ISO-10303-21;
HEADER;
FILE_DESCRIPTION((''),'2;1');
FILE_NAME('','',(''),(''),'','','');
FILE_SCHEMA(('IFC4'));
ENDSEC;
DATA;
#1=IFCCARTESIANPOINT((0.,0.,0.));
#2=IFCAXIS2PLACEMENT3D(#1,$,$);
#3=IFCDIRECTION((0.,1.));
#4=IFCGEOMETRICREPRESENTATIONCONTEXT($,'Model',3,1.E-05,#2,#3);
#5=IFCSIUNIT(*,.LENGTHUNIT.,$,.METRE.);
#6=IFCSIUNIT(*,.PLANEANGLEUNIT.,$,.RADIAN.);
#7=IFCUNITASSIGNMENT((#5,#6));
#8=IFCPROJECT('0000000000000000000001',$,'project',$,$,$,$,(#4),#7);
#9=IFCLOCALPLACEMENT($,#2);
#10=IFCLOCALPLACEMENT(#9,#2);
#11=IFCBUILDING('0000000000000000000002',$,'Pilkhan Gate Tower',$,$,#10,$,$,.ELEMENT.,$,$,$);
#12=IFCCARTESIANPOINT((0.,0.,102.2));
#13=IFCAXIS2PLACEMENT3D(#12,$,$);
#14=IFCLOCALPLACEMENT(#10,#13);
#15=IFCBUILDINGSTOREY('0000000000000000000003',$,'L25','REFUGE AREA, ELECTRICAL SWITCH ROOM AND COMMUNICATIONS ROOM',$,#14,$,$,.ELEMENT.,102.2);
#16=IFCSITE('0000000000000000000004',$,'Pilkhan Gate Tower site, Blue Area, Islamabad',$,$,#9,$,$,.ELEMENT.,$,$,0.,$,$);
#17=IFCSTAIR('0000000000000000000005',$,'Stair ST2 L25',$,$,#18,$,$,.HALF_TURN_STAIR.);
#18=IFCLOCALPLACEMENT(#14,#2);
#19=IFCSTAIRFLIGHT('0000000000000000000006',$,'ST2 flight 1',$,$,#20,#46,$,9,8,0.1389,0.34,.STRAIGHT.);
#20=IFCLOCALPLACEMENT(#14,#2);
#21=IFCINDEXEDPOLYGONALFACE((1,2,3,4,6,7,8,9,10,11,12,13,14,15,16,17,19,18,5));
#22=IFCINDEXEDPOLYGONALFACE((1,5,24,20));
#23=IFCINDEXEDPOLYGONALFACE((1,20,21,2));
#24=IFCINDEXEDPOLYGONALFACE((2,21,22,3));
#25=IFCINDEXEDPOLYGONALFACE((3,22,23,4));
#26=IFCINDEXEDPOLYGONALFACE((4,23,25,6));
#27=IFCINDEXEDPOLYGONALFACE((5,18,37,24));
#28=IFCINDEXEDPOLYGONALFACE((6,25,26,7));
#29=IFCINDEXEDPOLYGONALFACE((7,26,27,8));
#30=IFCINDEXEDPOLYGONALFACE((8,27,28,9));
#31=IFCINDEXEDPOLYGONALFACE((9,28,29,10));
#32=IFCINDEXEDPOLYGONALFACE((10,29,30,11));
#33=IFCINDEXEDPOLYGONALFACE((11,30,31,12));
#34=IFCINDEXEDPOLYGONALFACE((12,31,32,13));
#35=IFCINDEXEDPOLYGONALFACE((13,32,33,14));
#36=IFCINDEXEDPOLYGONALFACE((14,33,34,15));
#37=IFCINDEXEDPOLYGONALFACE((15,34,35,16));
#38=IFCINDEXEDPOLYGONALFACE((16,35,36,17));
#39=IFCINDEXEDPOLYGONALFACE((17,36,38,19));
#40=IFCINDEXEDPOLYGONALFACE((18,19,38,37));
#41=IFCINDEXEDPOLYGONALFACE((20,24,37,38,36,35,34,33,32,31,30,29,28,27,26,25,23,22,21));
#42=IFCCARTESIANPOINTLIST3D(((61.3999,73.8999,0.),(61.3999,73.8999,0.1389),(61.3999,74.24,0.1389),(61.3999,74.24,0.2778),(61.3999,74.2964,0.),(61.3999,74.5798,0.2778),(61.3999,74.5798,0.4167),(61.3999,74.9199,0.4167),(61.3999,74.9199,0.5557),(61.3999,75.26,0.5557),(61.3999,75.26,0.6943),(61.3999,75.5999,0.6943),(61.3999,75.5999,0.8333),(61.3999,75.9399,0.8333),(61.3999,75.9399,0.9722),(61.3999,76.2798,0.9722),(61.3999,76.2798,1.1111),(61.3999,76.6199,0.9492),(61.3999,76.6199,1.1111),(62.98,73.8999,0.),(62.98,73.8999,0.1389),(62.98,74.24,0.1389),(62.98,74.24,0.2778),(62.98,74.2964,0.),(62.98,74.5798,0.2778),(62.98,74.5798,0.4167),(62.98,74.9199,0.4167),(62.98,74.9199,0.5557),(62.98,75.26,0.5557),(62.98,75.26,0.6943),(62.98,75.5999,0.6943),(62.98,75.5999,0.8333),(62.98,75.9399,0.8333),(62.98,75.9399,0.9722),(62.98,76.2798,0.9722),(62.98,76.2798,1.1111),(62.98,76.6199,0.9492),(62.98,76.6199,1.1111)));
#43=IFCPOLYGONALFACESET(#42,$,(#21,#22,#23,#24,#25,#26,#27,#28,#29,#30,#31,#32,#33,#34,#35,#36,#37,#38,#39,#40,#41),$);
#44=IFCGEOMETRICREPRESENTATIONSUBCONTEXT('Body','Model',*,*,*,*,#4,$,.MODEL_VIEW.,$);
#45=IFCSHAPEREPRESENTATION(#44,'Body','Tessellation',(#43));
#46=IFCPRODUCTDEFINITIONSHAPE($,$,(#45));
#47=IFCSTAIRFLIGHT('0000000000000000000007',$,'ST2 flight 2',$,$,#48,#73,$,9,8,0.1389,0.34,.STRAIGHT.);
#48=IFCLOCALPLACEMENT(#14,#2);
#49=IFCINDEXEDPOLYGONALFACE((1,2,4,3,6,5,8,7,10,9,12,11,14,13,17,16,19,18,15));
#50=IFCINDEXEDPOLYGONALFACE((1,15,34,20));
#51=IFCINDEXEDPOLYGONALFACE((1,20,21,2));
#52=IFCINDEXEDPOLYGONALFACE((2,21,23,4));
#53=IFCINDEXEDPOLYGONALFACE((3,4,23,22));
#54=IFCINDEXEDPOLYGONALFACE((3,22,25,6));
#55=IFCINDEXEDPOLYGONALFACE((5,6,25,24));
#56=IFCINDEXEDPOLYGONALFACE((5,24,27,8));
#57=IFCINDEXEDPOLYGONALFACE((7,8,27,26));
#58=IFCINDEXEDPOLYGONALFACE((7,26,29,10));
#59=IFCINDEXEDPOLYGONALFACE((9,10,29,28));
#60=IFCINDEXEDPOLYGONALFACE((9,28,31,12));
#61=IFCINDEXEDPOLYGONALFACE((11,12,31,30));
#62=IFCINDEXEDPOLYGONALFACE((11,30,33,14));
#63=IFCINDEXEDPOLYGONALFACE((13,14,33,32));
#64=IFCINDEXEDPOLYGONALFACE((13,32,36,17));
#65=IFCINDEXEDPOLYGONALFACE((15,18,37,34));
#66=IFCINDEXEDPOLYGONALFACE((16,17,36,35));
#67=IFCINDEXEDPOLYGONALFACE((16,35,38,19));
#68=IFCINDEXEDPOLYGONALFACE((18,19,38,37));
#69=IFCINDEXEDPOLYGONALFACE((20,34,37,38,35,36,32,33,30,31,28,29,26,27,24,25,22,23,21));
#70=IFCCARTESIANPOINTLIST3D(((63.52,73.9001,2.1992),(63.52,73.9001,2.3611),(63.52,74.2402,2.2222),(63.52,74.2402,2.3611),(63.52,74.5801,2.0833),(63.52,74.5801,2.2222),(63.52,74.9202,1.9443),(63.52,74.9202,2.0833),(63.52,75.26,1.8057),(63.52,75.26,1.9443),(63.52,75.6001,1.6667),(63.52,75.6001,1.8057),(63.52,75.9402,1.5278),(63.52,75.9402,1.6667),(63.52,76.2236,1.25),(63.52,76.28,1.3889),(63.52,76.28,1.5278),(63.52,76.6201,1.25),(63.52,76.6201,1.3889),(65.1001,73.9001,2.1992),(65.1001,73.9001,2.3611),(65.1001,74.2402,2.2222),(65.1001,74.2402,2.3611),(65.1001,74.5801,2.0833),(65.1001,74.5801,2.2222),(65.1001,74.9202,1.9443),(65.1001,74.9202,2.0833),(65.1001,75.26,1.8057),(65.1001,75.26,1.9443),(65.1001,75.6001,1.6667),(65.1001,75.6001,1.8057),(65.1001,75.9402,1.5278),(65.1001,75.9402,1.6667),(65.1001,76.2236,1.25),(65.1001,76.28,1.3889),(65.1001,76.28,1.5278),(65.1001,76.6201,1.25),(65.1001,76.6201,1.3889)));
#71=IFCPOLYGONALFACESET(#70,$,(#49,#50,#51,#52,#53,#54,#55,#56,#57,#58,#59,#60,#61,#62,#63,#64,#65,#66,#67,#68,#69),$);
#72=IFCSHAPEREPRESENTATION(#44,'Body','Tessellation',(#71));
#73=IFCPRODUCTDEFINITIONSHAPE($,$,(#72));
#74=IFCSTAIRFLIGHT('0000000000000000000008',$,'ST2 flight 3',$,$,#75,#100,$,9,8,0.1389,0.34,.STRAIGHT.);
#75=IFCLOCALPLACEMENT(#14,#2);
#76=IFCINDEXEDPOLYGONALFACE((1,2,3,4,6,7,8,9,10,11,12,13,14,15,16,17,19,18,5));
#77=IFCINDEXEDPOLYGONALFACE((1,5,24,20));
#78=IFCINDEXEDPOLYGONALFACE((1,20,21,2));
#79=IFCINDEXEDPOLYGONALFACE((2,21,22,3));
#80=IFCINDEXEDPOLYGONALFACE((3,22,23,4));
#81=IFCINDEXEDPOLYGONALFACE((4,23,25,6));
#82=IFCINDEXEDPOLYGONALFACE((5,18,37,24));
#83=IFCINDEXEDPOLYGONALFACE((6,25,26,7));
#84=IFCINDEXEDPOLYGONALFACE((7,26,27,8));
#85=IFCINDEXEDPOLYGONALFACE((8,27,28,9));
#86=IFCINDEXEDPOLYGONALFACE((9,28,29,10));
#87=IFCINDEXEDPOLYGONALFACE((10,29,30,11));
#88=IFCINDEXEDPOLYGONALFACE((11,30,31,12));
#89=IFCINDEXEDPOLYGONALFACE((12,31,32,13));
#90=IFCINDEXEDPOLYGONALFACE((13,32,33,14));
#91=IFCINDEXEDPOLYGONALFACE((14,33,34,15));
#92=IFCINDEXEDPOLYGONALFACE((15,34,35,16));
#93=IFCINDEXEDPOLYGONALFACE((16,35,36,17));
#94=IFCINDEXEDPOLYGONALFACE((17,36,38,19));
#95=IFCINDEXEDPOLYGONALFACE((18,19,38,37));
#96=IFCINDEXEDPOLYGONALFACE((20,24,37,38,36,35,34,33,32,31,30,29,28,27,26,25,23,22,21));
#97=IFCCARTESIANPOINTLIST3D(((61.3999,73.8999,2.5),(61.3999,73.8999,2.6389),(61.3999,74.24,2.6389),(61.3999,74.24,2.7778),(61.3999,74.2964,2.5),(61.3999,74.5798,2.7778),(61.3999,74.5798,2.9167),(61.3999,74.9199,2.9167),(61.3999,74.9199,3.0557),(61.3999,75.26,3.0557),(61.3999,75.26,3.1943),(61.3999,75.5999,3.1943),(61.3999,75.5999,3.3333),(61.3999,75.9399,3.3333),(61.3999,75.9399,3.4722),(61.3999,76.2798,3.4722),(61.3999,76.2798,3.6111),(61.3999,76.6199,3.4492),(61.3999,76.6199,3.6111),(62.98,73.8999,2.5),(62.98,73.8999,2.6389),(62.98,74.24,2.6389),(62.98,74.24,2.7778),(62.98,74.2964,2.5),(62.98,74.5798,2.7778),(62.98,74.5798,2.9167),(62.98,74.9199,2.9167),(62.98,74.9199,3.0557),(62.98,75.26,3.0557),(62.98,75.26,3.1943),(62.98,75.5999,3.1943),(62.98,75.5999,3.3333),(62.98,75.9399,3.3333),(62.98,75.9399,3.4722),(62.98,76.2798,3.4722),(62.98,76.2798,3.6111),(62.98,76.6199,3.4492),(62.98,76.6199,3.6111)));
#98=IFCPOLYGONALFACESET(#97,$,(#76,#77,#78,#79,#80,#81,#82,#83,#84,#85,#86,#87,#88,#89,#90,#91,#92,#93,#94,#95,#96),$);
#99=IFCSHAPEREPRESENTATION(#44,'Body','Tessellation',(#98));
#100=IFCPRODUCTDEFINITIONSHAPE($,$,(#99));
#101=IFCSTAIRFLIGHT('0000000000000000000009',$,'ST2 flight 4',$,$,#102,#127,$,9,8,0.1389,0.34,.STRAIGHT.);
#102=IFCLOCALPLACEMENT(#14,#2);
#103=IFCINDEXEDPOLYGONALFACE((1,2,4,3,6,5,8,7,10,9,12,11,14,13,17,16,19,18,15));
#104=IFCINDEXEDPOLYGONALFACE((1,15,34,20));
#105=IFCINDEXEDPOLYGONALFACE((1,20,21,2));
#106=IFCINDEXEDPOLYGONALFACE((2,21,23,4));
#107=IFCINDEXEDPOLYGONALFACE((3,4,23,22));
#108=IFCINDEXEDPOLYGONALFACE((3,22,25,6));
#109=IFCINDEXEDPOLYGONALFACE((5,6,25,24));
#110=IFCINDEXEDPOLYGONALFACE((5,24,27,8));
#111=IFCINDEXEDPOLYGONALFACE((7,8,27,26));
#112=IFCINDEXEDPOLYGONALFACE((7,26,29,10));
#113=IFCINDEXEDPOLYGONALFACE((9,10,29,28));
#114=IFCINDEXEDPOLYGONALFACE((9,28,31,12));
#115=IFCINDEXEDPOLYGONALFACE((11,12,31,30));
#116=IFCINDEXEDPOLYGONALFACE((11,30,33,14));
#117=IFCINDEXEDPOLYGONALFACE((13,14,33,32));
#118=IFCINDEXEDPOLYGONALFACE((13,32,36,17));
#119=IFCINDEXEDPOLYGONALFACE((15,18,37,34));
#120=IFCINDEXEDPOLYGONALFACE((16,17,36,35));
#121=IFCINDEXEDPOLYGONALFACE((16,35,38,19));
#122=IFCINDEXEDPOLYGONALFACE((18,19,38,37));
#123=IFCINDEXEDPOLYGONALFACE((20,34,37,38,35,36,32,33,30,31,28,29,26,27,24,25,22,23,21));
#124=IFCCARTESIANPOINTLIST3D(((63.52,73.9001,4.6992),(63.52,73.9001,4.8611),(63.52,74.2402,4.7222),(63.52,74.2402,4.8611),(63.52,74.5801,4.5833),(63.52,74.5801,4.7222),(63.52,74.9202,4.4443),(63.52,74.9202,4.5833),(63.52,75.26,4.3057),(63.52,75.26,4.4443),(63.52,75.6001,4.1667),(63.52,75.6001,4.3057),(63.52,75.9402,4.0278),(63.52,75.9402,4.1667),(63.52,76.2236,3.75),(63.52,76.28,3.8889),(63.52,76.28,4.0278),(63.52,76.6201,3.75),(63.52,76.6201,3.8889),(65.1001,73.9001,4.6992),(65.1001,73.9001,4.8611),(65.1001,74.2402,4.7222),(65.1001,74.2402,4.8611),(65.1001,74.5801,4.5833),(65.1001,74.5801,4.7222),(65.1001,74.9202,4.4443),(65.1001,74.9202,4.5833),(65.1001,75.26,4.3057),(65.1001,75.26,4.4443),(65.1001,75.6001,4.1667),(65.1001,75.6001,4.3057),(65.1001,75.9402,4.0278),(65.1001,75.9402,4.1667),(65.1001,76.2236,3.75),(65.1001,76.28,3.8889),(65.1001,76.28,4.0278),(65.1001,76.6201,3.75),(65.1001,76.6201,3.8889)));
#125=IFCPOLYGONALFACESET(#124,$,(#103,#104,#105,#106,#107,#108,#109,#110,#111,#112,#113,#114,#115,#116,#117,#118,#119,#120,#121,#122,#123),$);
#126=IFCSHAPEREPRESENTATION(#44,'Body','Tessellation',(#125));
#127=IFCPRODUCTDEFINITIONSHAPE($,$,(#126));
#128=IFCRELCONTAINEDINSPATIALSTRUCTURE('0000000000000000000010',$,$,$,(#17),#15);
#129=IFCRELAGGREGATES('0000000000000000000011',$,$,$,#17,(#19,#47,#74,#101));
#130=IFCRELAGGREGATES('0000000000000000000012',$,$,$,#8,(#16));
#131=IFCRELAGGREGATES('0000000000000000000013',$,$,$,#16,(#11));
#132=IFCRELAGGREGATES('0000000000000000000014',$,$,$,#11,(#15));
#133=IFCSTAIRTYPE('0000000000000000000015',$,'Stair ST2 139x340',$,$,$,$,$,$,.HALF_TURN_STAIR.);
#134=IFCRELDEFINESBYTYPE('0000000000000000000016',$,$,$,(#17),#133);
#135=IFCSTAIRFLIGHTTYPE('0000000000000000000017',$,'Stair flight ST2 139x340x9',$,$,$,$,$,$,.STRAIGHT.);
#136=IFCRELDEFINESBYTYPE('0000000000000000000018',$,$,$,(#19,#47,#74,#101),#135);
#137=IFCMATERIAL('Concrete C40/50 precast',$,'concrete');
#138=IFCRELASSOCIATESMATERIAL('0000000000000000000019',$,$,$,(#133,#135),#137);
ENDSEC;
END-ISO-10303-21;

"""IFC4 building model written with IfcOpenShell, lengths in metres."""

from ifc_helpers import new_model, si_unit, direction, frame, origin, place, context, subcontext, project, spatial, polyline, outline, extrude, material, type_object, element, aggregate, save


model = new_model("IFC4")

# Units and contexts
model_context = context("Model", 3, precision=1e-05, world=origin(), true_north=direction((0.0, 1.0)))
body_context = subcontext(model_context, "Body", "Model", "MODEL_VIEW")
ifc_project = project(units=[si_unit("LENGTHUNIT", "METRE"), si_unit("PLANEANGLEUNIT", "RADIAN")], contexts=[model_context])

# Site, building, storey
site_placement = place(None, origin())
site = spatial("IfcSite", under=ifc_project, at=site_placement, Name="Pilkhan Gate Tower site, Blue Area, Islamabad", CompositionType="ELEMENT", RefElevation=0.0)
building_placement = place(site_placement, origin())
building = spatial("IfcBuilding", under=site, at=building_placement, Name="Pilkhan Gate Tower", CompositionType="ELEMENT")
storey_placement = place(building_placement, frame((0.0, 0.0, 102.2)))
storey = spatial("IfcBuildingStorey", under=building, at=storey_placement, Name="L25", Description="REFUGE AREA, ELECTRICAL SWITCH ROOM AND COMMUNICATIONS ROOM", CompositionType="ELEMENT", Elevation=102.2)

# Stair, stair flights
ifc_material_1 = material(Name="Concrete C40/50 precast", Category="concrete")
stair_type = type_object("IfcStairType", Name="Stair ST2 139x340", PredefinedType="HALF_TURN_STAIR", material=ifc_material_1)
stair_placement = place(storey_placement, origin())
stair = element("IfcStair", 1, at=stair_placement, inside=storey, type_object=stair_type, Name="Stair ST2 L25", PredefinedType="HALF_TURN_STAIR")
stair_flight_type = type_object("IfcStairFlightType", Name="Stair flight ST2 139x340x9", PredefinedType="STRAIGHT", material=ifc_material_1)
stair_flight_1_placement = place(storey_placement, frame((62.1899, 73.8999, 0.0), z_axis=(0.0, 0.0, 1.0), x_axis=(0.0, 1.0, 0.0)))
stair_flight_1 = element("IfcStairFlight", 2, at=stair_flight_1_placement, type_object=stair_flight_type, Name="ST2 flight 1", NumberOfRisers=9, NumberOfTreads=8, PredefinedType="STRAIGHT", RiserHeight=0.1389, TreadLength=0.34, context=body_context, shape_type="SweptSolid", body=[
    extrude(outline(polyline([(0.0, 0.0), (0.0, 0.1389), (0.3401, 0.1389), (0.3401, 0.2778), (0.6799, 0.2778), (0.6799, 0.4167), (1.02, 0.4167), (1.02, 0.5557), (1.3601, 0.5557), (1.3601, 0.6943), (1.7, 0.6943), (1.7, 0.8333), (2.04, 0.8333), (2.04, 0.9722), (2.3799, 0.9722), (2.3799, 1.1111), (2.72, 1.1111), (2.72, 1.25), (2.72, 0.9492), (0.3965, 0.0), (0.0, 0.0)])), frame((0.0, 0.79, 0.0), z_axis=(0.0, -1.0, 0.0), x_axis=(1.0, 0.0, 0.0)), (0.0, 0.0, 1.0), 1.5801),
])
stair_flight_2_placement = place(storey_placement, frame((64.3101, 76.6201, 1.25), z_axis=(0.0, 0.0, 1.0), x_axis=(0.0, -1.0, 0.0)))
stair_flight_2 = element("IfcStairFlight", 3, at=stair_flight_2_placement, type_object=stair_flight_type, Name="ST2 flight 2", NumberOfRisers=9, NumberOfTreads=8, PredefinedType="STRAIGHT", RiserHeight=0.1389, TreadLength=0.34, context=body_context, shape_type="SweptSolid", body=[
    extrude(outline(polyline([(0.0, 0.0), (0.0, 0.1389), (0.3401, 0.1389), (0.3401, 0.2778), (0.6799, 0.2778), (0.6799, 0.4167), (1.02, 0.4167), (1.02, 0.5557), (1.3601, 0.5557), (1.3601, 0.6943), (1.7, 0.6943), (1.7, 0.8333), (2.04, 0.8333), (2.04, 0.9722), (2.3799, 0.9722), (2.3799, 1.1111), (2.72, 1.1111), (2.72, 1.25), (2.72, 0.9492), (0.3965, 0.0), (0.0, 0.0)])), frame((0.0, 0.79, 0.0), z_axis=(0.0, -1.0, 0.0), x_axis=(1.0, 0.0, 0.0)), (0.0, 0.0, 1.0), 1.5801),
])
stair_flight_3_placement = place(storey_placement, frame((62.1899, 73.8999, 2.5), z_axis=(0.0, 0.0, 1.0), x_axis=(0.0, 1.0, 0.0)))
stair_flight_3 = element("IfcStairFlight", 4, at=stair_flight_3_placement, type_object=stair_flight_type, Name="ST2 flight 3", NumberOfRisers=9, NumberOfTreads=8, PredefinedType="STRAIGHT", RiserHeight=0.1389, TreadLength=0.34, context=body_context, shape_type="SweptSolid", body=[
    extrude(outline(polyline([(0.0, 0.0), (0.0, 0.1389), (0.3401, 0.1389), (0.3401, 0.2778), (0.6799, 0.2778), (0.6799, 0.4167), (1.02, 0.4167), (1.02, 0.5557), (1.3601, 0.5557), (1.3601, 0.6943), (1.7, 0.6943), (1.7, 0.8333), (2.04, 0.8333), (2.04, 0.9722), (2.3799, 0.9722), (2.3799, 1.1111), (2.72, 1.1111), (2.72, 1.25), (2.72, 0.9492), (0.3965, 0.0), (0.0, 0.0)])), frame((0.0, 0.79, 0.0), z_axis=(0.0, -1.0, 0.0), x_axis=(1.0, 0.0, 0.0)), (0.0, 0.0, 1.0), 1.5801),
])
stair_flight_4_placement = place(storey_placement, frame((64.3101, 76.6201, 3.75), z_axis=(0.0, 0.0, 1.0), x_axis=(0.0, -1.0, 0.0)))
stair_flight_4 = element("IfcStairFlight", 5, at=stair_flight_4_placement, type_object=stair_flight_type, Name="ST2 flight 4", NumberOfRisers=9, NumberOfTreads=8, PredefinedType="STRAIGHT", RiserHeight=0.1389, TreadLength=0.34, context=body_context, shape_type="SweptSolid", body=[
    extrude(outline(polyline([(0.0, 0.0), (0.0, 0.1389), (0.3401, 0.1389), (0.3401, 0.2778), (0.6799, 0.2778), (0.6799, 0.4167), (1.02, 0.4167), (1.02, 0.5557), (1.3601, 0.5557), (1.3601, 0.6943), (1.7, 0.6943), (1.7, 0.8333), (2.04, 0.8333), (2.04, 0.9722), (2.3799, 0.9722), (2.3799, 1.1111), (2.72, 1.1111), (2.72, 1.25), (2.72, 0.9492), (0.3965, 0.0), (0.0, 0.0)])), frame((0.0, 0.79, 0.0), z_axis=(0.0, -1.0, 0.0), x_axis=(1.0, 0.0, 0.0)), (0.0, 0.0, 1.0), 1.5801),
])
aggregate(stair, [stair_flight_1, stair_flight_2, stair_flight_3, stair_flight_4])

save(model, "model.ifc")
